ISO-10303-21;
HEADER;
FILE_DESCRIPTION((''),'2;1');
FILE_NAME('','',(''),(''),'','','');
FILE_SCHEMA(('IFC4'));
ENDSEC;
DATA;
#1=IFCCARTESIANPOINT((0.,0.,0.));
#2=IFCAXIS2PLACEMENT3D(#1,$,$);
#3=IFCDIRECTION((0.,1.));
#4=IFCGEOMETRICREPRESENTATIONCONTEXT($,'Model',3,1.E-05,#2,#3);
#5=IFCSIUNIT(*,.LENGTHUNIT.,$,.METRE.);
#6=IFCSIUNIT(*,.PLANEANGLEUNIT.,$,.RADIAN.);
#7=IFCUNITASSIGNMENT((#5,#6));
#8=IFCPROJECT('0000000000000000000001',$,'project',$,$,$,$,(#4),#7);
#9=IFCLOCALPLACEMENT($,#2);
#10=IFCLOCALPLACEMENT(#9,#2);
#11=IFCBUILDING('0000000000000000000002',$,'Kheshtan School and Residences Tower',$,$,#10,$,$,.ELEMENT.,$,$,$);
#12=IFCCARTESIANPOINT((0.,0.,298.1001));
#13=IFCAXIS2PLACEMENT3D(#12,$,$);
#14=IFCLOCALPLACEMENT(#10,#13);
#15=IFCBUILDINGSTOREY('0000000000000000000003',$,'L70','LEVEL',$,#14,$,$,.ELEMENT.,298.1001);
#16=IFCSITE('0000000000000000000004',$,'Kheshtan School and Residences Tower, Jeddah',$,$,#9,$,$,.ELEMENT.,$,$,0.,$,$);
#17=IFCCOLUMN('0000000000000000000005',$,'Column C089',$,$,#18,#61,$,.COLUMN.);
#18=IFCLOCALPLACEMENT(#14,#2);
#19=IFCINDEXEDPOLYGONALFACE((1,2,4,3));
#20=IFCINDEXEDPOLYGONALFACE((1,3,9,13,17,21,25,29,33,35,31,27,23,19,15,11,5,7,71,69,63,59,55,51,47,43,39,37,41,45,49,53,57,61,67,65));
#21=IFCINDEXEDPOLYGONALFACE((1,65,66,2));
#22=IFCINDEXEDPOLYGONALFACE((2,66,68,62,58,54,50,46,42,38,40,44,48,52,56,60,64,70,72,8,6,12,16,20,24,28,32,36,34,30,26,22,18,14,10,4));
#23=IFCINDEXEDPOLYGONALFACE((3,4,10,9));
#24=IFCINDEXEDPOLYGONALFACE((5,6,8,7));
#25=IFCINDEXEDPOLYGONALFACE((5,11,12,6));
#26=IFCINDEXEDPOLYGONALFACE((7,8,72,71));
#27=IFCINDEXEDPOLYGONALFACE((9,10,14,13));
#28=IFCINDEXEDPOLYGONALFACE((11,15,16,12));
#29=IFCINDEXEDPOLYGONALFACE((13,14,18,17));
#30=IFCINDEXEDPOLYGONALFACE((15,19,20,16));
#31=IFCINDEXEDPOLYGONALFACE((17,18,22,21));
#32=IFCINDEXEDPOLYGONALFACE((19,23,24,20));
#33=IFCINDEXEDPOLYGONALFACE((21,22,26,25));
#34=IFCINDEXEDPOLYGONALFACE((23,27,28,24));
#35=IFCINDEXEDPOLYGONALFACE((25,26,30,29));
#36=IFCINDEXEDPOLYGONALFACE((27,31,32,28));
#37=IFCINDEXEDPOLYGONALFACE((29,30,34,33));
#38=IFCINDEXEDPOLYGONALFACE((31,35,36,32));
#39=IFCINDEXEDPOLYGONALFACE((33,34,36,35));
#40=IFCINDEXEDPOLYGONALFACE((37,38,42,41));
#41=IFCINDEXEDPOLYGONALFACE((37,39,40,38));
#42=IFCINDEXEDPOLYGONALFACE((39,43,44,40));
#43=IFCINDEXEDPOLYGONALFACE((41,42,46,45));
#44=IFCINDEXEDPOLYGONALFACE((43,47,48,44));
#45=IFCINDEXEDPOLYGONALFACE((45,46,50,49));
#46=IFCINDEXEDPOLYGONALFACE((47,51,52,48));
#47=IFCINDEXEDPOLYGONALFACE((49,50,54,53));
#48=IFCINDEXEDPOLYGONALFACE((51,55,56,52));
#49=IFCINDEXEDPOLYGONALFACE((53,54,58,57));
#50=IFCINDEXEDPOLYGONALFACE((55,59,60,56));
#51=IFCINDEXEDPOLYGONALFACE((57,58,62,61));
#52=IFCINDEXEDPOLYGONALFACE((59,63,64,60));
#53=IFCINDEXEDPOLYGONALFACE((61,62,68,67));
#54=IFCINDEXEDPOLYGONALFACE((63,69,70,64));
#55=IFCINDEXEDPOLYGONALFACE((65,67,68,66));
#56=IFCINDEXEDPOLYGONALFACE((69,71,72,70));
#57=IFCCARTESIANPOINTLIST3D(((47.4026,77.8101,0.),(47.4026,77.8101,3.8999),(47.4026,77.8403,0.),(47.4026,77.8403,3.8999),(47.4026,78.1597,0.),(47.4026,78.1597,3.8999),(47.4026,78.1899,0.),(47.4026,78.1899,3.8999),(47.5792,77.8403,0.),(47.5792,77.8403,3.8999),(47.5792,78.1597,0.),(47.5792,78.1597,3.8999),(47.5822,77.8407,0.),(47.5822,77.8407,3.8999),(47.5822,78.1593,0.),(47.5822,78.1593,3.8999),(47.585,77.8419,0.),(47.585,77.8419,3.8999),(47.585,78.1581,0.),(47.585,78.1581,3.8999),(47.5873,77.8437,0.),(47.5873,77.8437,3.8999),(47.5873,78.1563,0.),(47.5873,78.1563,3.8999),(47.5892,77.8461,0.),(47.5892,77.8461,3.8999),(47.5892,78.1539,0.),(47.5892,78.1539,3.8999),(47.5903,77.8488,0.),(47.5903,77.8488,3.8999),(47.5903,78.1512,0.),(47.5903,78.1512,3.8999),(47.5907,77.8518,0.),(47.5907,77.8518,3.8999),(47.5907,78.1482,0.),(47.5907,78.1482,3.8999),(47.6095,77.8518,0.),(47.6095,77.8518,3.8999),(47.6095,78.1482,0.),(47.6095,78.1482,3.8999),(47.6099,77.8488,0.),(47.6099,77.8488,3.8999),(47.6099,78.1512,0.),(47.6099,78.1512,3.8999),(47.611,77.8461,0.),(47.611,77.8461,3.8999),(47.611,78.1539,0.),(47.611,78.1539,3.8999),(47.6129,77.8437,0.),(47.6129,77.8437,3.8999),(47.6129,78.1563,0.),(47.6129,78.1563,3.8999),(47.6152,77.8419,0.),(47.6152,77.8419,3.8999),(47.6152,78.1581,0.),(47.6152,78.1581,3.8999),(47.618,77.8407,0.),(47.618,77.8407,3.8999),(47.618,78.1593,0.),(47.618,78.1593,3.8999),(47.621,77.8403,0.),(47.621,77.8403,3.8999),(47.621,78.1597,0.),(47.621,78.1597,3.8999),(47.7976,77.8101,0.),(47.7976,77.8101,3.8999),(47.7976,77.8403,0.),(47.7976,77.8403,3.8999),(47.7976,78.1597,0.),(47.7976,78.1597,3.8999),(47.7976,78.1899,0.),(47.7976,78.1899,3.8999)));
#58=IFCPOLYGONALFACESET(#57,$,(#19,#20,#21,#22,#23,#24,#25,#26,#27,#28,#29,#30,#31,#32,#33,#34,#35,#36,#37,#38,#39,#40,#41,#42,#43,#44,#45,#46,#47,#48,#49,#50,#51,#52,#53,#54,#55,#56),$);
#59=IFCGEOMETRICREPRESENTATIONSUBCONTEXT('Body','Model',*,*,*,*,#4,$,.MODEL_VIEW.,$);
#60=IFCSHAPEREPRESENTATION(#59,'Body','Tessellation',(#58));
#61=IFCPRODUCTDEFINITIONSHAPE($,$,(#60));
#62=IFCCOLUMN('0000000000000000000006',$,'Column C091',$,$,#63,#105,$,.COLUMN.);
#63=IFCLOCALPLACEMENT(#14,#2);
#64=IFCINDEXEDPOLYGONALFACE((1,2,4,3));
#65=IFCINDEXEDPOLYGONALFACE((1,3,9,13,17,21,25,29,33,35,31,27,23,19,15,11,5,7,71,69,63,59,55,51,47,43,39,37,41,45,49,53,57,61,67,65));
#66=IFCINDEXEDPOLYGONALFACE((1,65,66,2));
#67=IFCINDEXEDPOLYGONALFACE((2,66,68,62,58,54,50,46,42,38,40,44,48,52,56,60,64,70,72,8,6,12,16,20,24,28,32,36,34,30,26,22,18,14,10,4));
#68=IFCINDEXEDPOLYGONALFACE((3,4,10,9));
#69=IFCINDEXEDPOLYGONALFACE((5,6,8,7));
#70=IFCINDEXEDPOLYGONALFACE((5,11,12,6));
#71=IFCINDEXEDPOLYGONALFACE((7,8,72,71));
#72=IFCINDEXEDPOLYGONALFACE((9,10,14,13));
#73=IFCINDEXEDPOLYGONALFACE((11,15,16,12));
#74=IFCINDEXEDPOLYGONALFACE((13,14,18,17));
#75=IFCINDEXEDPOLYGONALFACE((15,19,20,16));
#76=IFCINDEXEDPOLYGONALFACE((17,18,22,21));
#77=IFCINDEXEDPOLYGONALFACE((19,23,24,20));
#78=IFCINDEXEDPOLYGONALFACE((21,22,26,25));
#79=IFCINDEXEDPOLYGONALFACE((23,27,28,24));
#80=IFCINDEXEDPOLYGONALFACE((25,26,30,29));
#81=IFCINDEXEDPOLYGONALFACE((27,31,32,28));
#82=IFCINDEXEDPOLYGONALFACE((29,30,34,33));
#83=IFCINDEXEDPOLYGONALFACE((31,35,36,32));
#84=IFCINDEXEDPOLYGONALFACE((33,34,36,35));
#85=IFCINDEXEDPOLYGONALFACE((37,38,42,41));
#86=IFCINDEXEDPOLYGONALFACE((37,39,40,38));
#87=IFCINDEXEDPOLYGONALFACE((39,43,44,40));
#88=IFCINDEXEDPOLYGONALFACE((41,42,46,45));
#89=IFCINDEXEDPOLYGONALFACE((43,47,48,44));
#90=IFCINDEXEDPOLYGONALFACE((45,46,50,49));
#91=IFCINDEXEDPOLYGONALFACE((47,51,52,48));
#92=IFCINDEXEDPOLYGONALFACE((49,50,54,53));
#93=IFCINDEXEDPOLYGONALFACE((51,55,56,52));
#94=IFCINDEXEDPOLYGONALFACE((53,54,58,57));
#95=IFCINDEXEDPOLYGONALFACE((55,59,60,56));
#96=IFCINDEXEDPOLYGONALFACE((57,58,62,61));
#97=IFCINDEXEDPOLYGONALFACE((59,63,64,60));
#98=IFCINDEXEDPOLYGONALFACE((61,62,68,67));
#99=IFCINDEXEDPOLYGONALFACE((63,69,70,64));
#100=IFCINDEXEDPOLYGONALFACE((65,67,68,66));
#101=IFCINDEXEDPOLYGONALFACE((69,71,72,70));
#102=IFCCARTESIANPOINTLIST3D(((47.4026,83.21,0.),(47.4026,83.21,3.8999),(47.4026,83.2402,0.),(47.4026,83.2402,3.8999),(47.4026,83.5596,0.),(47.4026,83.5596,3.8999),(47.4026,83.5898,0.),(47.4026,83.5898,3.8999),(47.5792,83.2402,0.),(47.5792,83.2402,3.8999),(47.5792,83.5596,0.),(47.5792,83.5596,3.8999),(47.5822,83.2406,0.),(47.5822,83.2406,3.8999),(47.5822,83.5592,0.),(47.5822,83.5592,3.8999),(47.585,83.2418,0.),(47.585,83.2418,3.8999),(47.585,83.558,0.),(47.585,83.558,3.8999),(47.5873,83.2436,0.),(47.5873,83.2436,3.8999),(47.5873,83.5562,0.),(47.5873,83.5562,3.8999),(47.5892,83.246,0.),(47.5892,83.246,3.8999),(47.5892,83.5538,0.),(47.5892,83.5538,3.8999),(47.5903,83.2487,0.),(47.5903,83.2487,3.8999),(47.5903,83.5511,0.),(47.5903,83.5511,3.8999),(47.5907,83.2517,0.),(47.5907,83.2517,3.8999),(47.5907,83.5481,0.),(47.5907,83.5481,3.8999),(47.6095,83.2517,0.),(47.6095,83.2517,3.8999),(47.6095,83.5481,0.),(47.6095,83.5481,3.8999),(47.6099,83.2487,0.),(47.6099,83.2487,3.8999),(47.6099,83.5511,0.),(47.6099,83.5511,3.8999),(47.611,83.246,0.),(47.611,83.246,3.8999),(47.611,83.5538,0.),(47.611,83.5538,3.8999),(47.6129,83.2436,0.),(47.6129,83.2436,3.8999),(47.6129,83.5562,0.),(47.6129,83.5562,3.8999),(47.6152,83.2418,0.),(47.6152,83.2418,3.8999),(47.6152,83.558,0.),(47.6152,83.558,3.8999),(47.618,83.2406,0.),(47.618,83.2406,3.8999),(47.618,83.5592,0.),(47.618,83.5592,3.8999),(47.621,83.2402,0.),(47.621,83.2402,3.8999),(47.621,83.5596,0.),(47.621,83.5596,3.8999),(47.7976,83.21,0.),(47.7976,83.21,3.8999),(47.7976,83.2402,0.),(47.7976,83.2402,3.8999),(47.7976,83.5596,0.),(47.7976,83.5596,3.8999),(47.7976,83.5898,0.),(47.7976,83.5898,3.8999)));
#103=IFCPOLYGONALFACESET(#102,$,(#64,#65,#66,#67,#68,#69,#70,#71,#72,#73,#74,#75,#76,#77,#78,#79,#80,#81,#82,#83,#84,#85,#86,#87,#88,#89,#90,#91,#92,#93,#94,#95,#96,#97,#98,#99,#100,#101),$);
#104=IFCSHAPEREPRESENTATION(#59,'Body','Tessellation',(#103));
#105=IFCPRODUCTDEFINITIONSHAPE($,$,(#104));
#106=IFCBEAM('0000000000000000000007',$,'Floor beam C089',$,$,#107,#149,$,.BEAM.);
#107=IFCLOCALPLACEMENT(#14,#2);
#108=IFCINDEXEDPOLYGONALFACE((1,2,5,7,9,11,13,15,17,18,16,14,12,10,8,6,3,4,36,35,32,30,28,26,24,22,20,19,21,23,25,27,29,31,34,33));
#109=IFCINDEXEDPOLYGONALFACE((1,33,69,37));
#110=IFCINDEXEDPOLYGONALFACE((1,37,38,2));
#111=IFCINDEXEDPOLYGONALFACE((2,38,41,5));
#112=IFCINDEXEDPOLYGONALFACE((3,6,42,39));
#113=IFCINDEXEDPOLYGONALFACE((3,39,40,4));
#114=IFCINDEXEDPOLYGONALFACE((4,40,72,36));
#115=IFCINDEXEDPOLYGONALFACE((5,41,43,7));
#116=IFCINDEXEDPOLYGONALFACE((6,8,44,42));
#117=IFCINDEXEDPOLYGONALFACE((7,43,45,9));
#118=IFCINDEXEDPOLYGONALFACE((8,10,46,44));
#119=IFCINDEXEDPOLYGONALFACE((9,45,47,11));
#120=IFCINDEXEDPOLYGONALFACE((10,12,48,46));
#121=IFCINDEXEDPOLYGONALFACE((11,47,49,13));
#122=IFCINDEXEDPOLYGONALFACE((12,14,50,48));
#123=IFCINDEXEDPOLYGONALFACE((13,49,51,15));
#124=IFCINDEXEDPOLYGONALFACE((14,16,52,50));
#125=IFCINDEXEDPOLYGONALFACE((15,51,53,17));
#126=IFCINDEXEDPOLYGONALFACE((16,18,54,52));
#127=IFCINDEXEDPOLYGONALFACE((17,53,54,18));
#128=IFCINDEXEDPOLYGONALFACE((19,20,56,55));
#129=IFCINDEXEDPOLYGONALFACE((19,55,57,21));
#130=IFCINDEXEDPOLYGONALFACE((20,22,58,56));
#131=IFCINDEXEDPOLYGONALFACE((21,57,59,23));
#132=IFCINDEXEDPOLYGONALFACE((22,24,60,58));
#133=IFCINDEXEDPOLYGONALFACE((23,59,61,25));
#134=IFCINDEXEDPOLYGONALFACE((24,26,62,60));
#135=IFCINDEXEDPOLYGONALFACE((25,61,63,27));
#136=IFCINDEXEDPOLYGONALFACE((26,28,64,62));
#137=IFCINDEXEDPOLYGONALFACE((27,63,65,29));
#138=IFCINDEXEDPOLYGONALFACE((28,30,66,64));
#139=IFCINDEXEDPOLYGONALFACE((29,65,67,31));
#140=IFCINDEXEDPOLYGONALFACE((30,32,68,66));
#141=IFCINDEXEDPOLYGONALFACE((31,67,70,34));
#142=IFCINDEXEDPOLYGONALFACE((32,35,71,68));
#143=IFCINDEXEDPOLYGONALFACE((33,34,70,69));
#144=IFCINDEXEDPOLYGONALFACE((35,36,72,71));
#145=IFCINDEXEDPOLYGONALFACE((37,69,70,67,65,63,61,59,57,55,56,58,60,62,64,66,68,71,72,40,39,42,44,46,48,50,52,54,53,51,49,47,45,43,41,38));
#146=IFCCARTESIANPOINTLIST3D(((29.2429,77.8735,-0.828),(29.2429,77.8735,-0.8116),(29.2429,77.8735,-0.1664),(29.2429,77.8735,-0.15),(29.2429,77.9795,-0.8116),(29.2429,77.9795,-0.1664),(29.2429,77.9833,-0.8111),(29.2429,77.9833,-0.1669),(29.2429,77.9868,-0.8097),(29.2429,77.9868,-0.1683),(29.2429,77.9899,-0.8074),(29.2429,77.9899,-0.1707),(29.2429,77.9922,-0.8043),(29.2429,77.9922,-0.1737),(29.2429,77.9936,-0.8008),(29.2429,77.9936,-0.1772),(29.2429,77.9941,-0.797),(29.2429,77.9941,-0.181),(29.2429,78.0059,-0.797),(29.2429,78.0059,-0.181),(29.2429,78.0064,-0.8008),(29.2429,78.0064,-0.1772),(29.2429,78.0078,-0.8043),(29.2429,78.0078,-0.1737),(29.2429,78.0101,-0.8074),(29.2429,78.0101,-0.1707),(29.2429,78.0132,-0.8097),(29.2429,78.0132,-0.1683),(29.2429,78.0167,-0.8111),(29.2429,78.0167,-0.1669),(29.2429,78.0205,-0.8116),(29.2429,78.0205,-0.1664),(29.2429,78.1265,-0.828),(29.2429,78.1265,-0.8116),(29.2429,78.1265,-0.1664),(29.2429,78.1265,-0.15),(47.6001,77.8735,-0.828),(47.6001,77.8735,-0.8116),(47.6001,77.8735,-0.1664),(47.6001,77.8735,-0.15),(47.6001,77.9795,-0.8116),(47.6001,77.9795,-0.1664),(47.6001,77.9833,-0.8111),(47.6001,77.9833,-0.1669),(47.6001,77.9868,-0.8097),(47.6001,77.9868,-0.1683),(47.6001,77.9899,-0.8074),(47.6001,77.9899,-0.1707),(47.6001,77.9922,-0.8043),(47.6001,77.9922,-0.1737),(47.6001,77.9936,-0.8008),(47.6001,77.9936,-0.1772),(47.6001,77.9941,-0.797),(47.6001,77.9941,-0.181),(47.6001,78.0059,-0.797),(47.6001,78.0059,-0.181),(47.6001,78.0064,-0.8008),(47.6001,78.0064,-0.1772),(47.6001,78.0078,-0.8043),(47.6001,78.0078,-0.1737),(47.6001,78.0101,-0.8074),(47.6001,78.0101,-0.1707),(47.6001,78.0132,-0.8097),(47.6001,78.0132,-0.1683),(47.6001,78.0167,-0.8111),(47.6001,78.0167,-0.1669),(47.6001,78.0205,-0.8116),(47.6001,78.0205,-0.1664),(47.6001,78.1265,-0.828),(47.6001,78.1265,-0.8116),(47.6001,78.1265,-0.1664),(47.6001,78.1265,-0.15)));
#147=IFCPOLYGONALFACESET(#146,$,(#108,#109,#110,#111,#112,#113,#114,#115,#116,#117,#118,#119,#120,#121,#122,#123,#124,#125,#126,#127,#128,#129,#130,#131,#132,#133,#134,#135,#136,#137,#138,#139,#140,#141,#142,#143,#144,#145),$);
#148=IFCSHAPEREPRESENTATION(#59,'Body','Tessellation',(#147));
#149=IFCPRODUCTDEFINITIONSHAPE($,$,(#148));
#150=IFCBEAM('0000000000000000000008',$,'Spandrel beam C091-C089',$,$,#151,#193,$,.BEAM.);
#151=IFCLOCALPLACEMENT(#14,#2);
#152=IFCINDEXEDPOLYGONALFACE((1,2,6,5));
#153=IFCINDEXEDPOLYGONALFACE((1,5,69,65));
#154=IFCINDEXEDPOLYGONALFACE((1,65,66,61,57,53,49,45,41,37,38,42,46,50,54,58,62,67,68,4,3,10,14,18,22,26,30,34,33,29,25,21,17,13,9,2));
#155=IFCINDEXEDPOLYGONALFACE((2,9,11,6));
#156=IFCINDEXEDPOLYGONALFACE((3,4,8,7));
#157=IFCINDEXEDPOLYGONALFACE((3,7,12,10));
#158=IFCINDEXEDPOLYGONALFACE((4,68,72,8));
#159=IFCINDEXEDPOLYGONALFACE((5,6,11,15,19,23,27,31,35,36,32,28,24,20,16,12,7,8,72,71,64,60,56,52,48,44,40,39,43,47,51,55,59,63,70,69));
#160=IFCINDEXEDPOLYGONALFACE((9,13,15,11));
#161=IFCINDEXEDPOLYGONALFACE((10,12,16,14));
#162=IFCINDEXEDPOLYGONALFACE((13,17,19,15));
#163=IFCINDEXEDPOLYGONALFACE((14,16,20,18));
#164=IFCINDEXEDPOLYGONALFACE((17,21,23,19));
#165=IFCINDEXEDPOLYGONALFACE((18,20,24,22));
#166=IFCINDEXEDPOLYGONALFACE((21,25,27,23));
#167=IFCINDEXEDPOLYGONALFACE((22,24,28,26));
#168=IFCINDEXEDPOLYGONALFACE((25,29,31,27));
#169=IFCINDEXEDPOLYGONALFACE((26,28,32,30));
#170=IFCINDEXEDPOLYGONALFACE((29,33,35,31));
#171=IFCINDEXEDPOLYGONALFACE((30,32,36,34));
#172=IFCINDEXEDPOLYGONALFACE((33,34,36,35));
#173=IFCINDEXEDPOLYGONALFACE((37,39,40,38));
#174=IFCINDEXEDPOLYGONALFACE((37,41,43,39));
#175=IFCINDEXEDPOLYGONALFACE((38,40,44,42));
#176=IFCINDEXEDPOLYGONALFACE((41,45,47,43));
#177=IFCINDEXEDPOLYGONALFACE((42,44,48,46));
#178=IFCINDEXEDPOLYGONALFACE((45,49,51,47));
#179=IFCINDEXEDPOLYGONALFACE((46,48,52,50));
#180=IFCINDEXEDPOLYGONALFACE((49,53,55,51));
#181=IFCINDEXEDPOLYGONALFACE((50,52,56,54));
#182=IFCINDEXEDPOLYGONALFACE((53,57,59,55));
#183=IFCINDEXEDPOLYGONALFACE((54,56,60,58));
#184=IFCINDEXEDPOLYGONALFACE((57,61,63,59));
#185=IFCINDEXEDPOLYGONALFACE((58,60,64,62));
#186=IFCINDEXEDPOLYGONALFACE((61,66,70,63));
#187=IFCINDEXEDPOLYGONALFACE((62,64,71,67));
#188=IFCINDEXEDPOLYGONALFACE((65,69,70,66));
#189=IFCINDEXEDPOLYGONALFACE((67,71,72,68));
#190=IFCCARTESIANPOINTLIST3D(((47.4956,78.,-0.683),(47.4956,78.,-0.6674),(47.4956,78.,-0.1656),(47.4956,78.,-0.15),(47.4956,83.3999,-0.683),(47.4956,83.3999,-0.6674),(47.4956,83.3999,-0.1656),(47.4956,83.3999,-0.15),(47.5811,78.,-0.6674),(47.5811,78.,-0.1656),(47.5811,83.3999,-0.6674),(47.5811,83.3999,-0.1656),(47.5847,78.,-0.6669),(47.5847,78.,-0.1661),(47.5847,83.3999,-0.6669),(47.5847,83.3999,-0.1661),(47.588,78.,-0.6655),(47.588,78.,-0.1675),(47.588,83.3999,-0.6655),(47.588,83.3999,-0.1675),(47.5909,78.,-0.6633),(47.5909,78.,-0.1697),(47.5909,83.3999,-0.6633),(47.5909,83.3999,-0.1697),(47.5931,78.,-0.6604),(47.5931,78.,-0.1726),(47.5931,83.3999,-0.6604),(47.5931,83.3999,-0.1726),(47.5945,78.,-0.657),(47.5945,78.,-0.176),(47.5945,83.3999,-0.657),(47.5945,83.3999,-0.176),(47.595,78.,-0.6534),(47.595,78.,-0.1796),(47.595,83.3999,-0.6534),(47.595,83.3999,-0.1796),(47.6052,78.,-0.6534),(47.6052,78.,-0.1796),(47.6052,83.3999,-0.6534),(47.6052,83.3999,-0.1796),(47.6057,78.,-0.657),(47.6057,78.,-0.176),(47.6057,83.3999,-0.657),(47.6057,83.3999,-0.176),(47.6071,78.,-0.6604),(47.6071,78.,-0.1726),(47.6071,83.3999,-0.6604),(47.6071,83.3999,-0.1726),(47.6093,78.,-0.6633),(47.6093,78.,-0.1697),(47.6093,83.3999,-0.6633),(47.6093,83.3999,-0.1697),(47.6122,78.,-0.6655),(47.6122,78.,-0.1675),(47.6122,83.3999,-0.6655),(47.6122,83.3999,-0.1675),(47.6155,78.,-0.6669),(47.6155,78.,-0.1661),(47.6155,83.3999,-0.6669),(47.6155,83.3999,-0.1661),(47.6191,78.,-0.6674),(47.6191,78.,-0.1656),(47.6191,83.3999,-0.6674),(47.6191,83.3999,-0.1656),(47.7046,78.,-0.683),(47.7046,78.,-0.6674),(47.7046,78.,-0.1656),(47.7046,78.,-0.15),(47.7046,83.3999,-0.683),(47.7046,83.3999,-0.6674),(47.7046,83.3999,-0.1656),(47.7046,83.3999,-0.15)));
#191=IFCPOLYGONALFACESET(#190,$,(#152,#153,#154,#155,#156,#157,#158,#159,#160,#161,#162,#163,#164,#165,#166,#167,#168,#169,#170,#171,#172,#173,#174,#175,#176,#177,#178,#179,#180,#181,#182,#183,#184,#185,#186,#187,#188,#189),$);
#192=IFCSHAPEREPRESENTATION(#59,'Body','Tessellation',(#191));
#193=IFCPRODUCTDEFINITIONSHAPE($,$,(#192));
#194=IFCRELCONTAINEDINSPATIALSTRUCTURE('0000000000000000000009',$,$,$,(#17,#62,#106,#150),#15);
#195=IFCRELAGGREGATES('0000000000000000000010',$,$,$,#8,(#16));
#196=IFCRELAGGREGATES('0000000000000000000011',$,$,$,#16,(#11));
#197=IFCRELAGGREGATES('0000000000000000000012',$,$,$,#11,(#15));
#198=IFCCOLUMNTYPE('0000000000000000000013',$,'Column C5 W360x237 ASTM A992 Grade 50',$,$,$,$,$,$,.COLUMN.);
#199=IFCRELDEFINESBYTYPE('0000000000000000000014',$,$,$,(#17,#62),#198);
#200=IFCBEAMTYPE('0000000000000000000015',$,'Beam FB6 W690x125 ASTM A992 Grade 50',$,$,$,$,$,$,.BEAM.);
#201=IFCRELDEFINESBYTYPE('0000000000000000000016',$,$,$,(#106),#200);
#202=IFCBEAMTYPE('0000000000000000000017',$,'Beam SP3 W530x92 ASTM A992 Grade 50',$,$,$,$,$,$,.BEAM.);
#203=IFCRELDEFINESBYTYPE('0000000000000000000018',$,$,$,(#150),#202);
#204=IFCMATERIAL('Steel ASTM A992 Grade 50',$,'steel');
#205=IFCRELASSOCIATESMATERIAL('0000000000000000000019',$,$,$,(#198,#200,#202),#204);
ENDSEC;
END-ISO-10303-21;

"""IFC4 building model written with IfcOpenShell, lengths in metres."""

from ifc_helpers import new_model, si_unit, direction, frame, origin, origin_2d, place, context, subcontext, project, spatial, i_section, extrude, material, material_profile, profile_set, type_object, element, save


model = new_model("IFC4")

# Units and contexts
model_context = context("Model", 3, precision=1e-05, world=origin(), true_north=direction((0.0, 1.0)))
body_context = subcontext(model_context, "Body", "Model", "MODEL_VIEW")
ifc_project = project(units=[si_unit("LENGTHUNIT", "METRE"), si_unit("PLANEANGLEUNIT", "RADIAN")], contexts=[model_context])

# Site, building, storey
site_placement = place(None, origin())
site = spatial("IfcSite", under=ifc_project, at=site_placement, Name="Kheshtan School and Residences Tower, Jeddah", CompositionType="ELEMENT", RefElevation=0.0)
building_placement = place(site_placement, origin())
building = spatial("IfcBuilding", under=site, at=building_placement, Name="Kheshtan School and Residences Tower", CompositionType="ELEMENT")
storey_placement = place(building_placement, frame((0.0, 0.0, 298.1001)))
storey = spatial("IfcBuildingStorey", under=building, at=storey_placement, Name="L70", Description="LEVEL", CompositionType="ELEMENT", Elevation=298.1001)

# Columns
ifc_material_1 = material(Name="Steel ASTM A992 Grade 50", Category="steel")
ifc_material_profile_1 = material_profile(ifc_material_1, i_section(OverallWidth=0.395, OverallDepth=0.3799, WebThickness=0.0188, FlangeThickness=0.0303, FilletRadius=0.0115, at=origin_2d()), Name="W360x237")
ifc_profile_set_1 = profile_set([ifc_material_profile_1], Name="Steel ASTM A992 Grade 50")
column_type = type_object("IfcColumnType", Name="Column C5 W360x237 ASTM A992 Grade 50", PredefinedType="COLUMN", material=ifc_profile_set_1)
for number, where, z_axis, x_axis, name in (
    (1, (47.6001, 78.0, 0.0), (0.0, 0.0, 1.0), (1.0, 0.0, 0.0), "Column C089"),
    (2, (47.6001, 83.3999, 0.0), (0.0, 0.0, 1.0), (1.0, 0.0, 0.0), "Column C091"),
):
    element("IfcColumn", number, at=place(storey_placement, frame(where, z_axis=z_axis, x_axis=x_axis)), inside=storey, type_object=column_type, Name=name, PredefinedType="COLUMN", context=body_context, shape_type="SweptSolid", body=[
        extrude(i_section(OverallWidth=0.395, OverallDepth=0.3799, WebThickness=0.0188, FlangeThickness=0.0303, FilletRadius=0.0115, at=origin_2d()), origin(), (0.0, 0.0, 1.0), 3.8999),
    ])

# Beams
ifc_material_profile_2 = material_profile(ifc_material_1, i_section(OverallWidth=0.2529, OverallDepth=0.678, WebThickness=0.0117, FlangeThickness=0.0164, FilletRadius=0.0146, at=origin_2d()), Name="W690x125")
ifc_profile_set_2 = profile_set([ifc_material_profile_2], Name="Steel ASTM A992 Grade 50")
beam_type_1 = type_object("IfcBeamType", Name="Beam FB6 W690x125 ASTM A992 Grade 50", PredefinedType="BEAM", material=ifc_profile_set_2)
beam_placement = place(storey_placement, frame((47.6001, 78.0, -0.489), z_axis=(-1.0, 0.0, 0.0), x_axis=(0.0, -1.0, 0.0)))
element("IfcBeam", 3, at=beam_placement, inside=storey, type_object=beam_type_1, Name="Floor beam C089", PredefinedType="BEAM", context=body_context, shape_type="SweptSolid", body=[
    extrude(i_section(OverallWidth=0.2529, OverallDepth=0.678, WebThickness=0.0117, FlangeThickness=0.0164, FilletRadius=0.0146, at=origin_2d()), origin(), (0.0, 0.0, 1.0), 18.3572),
])
ifc_material_profile_3 = material_profile(ifc_material_1, i_section(OverallWidth=0.209, OverallDepth=0.533, WebThickness=0.0103, FlangeThickness=0.0156, FilletRadius=0.0139, at=origin_2d()), Name="W530x92")
ifc_profile_set_3 = profile_set([ifc_material_profile_3], Name="Steel ASTM A992 Grade 50")
beam_type_2 = type_object("IfcBeamType", Name="Beam SP3 W530x92 ASTM A992 Grade 50", PredefinedType="BEAM", material=ifc_profile_set_3)
for number, where, z_axis, x_axis, name in (
    (4, (47.6001, 83.3999, -0.4165), (0.0, -1.0, 0.0), (1.0, 0.0, 0.0), "Spandrel beam C091-C089"),
):
    element("IfcBeam", number, at=place(storey_placement, frame(where, z_axis=z_axis, x_axis=x_axis)), inside=storey, type_object=beam_type_2, Name=name, PredefinedType="BEAM", context=body_context, shape_type="SweptSolid", body=[
        extrude(i_section(OverallWidth=0.209, OverallDepth=0.533, WebThickness=0.0103, FlangeThickness=0.0156, FilletRadius=0.0139, at=origin_2d()), origin(), (0.0, 0.0, 1.0), 5.3999),
    ])

save(model, "model.ifc")
